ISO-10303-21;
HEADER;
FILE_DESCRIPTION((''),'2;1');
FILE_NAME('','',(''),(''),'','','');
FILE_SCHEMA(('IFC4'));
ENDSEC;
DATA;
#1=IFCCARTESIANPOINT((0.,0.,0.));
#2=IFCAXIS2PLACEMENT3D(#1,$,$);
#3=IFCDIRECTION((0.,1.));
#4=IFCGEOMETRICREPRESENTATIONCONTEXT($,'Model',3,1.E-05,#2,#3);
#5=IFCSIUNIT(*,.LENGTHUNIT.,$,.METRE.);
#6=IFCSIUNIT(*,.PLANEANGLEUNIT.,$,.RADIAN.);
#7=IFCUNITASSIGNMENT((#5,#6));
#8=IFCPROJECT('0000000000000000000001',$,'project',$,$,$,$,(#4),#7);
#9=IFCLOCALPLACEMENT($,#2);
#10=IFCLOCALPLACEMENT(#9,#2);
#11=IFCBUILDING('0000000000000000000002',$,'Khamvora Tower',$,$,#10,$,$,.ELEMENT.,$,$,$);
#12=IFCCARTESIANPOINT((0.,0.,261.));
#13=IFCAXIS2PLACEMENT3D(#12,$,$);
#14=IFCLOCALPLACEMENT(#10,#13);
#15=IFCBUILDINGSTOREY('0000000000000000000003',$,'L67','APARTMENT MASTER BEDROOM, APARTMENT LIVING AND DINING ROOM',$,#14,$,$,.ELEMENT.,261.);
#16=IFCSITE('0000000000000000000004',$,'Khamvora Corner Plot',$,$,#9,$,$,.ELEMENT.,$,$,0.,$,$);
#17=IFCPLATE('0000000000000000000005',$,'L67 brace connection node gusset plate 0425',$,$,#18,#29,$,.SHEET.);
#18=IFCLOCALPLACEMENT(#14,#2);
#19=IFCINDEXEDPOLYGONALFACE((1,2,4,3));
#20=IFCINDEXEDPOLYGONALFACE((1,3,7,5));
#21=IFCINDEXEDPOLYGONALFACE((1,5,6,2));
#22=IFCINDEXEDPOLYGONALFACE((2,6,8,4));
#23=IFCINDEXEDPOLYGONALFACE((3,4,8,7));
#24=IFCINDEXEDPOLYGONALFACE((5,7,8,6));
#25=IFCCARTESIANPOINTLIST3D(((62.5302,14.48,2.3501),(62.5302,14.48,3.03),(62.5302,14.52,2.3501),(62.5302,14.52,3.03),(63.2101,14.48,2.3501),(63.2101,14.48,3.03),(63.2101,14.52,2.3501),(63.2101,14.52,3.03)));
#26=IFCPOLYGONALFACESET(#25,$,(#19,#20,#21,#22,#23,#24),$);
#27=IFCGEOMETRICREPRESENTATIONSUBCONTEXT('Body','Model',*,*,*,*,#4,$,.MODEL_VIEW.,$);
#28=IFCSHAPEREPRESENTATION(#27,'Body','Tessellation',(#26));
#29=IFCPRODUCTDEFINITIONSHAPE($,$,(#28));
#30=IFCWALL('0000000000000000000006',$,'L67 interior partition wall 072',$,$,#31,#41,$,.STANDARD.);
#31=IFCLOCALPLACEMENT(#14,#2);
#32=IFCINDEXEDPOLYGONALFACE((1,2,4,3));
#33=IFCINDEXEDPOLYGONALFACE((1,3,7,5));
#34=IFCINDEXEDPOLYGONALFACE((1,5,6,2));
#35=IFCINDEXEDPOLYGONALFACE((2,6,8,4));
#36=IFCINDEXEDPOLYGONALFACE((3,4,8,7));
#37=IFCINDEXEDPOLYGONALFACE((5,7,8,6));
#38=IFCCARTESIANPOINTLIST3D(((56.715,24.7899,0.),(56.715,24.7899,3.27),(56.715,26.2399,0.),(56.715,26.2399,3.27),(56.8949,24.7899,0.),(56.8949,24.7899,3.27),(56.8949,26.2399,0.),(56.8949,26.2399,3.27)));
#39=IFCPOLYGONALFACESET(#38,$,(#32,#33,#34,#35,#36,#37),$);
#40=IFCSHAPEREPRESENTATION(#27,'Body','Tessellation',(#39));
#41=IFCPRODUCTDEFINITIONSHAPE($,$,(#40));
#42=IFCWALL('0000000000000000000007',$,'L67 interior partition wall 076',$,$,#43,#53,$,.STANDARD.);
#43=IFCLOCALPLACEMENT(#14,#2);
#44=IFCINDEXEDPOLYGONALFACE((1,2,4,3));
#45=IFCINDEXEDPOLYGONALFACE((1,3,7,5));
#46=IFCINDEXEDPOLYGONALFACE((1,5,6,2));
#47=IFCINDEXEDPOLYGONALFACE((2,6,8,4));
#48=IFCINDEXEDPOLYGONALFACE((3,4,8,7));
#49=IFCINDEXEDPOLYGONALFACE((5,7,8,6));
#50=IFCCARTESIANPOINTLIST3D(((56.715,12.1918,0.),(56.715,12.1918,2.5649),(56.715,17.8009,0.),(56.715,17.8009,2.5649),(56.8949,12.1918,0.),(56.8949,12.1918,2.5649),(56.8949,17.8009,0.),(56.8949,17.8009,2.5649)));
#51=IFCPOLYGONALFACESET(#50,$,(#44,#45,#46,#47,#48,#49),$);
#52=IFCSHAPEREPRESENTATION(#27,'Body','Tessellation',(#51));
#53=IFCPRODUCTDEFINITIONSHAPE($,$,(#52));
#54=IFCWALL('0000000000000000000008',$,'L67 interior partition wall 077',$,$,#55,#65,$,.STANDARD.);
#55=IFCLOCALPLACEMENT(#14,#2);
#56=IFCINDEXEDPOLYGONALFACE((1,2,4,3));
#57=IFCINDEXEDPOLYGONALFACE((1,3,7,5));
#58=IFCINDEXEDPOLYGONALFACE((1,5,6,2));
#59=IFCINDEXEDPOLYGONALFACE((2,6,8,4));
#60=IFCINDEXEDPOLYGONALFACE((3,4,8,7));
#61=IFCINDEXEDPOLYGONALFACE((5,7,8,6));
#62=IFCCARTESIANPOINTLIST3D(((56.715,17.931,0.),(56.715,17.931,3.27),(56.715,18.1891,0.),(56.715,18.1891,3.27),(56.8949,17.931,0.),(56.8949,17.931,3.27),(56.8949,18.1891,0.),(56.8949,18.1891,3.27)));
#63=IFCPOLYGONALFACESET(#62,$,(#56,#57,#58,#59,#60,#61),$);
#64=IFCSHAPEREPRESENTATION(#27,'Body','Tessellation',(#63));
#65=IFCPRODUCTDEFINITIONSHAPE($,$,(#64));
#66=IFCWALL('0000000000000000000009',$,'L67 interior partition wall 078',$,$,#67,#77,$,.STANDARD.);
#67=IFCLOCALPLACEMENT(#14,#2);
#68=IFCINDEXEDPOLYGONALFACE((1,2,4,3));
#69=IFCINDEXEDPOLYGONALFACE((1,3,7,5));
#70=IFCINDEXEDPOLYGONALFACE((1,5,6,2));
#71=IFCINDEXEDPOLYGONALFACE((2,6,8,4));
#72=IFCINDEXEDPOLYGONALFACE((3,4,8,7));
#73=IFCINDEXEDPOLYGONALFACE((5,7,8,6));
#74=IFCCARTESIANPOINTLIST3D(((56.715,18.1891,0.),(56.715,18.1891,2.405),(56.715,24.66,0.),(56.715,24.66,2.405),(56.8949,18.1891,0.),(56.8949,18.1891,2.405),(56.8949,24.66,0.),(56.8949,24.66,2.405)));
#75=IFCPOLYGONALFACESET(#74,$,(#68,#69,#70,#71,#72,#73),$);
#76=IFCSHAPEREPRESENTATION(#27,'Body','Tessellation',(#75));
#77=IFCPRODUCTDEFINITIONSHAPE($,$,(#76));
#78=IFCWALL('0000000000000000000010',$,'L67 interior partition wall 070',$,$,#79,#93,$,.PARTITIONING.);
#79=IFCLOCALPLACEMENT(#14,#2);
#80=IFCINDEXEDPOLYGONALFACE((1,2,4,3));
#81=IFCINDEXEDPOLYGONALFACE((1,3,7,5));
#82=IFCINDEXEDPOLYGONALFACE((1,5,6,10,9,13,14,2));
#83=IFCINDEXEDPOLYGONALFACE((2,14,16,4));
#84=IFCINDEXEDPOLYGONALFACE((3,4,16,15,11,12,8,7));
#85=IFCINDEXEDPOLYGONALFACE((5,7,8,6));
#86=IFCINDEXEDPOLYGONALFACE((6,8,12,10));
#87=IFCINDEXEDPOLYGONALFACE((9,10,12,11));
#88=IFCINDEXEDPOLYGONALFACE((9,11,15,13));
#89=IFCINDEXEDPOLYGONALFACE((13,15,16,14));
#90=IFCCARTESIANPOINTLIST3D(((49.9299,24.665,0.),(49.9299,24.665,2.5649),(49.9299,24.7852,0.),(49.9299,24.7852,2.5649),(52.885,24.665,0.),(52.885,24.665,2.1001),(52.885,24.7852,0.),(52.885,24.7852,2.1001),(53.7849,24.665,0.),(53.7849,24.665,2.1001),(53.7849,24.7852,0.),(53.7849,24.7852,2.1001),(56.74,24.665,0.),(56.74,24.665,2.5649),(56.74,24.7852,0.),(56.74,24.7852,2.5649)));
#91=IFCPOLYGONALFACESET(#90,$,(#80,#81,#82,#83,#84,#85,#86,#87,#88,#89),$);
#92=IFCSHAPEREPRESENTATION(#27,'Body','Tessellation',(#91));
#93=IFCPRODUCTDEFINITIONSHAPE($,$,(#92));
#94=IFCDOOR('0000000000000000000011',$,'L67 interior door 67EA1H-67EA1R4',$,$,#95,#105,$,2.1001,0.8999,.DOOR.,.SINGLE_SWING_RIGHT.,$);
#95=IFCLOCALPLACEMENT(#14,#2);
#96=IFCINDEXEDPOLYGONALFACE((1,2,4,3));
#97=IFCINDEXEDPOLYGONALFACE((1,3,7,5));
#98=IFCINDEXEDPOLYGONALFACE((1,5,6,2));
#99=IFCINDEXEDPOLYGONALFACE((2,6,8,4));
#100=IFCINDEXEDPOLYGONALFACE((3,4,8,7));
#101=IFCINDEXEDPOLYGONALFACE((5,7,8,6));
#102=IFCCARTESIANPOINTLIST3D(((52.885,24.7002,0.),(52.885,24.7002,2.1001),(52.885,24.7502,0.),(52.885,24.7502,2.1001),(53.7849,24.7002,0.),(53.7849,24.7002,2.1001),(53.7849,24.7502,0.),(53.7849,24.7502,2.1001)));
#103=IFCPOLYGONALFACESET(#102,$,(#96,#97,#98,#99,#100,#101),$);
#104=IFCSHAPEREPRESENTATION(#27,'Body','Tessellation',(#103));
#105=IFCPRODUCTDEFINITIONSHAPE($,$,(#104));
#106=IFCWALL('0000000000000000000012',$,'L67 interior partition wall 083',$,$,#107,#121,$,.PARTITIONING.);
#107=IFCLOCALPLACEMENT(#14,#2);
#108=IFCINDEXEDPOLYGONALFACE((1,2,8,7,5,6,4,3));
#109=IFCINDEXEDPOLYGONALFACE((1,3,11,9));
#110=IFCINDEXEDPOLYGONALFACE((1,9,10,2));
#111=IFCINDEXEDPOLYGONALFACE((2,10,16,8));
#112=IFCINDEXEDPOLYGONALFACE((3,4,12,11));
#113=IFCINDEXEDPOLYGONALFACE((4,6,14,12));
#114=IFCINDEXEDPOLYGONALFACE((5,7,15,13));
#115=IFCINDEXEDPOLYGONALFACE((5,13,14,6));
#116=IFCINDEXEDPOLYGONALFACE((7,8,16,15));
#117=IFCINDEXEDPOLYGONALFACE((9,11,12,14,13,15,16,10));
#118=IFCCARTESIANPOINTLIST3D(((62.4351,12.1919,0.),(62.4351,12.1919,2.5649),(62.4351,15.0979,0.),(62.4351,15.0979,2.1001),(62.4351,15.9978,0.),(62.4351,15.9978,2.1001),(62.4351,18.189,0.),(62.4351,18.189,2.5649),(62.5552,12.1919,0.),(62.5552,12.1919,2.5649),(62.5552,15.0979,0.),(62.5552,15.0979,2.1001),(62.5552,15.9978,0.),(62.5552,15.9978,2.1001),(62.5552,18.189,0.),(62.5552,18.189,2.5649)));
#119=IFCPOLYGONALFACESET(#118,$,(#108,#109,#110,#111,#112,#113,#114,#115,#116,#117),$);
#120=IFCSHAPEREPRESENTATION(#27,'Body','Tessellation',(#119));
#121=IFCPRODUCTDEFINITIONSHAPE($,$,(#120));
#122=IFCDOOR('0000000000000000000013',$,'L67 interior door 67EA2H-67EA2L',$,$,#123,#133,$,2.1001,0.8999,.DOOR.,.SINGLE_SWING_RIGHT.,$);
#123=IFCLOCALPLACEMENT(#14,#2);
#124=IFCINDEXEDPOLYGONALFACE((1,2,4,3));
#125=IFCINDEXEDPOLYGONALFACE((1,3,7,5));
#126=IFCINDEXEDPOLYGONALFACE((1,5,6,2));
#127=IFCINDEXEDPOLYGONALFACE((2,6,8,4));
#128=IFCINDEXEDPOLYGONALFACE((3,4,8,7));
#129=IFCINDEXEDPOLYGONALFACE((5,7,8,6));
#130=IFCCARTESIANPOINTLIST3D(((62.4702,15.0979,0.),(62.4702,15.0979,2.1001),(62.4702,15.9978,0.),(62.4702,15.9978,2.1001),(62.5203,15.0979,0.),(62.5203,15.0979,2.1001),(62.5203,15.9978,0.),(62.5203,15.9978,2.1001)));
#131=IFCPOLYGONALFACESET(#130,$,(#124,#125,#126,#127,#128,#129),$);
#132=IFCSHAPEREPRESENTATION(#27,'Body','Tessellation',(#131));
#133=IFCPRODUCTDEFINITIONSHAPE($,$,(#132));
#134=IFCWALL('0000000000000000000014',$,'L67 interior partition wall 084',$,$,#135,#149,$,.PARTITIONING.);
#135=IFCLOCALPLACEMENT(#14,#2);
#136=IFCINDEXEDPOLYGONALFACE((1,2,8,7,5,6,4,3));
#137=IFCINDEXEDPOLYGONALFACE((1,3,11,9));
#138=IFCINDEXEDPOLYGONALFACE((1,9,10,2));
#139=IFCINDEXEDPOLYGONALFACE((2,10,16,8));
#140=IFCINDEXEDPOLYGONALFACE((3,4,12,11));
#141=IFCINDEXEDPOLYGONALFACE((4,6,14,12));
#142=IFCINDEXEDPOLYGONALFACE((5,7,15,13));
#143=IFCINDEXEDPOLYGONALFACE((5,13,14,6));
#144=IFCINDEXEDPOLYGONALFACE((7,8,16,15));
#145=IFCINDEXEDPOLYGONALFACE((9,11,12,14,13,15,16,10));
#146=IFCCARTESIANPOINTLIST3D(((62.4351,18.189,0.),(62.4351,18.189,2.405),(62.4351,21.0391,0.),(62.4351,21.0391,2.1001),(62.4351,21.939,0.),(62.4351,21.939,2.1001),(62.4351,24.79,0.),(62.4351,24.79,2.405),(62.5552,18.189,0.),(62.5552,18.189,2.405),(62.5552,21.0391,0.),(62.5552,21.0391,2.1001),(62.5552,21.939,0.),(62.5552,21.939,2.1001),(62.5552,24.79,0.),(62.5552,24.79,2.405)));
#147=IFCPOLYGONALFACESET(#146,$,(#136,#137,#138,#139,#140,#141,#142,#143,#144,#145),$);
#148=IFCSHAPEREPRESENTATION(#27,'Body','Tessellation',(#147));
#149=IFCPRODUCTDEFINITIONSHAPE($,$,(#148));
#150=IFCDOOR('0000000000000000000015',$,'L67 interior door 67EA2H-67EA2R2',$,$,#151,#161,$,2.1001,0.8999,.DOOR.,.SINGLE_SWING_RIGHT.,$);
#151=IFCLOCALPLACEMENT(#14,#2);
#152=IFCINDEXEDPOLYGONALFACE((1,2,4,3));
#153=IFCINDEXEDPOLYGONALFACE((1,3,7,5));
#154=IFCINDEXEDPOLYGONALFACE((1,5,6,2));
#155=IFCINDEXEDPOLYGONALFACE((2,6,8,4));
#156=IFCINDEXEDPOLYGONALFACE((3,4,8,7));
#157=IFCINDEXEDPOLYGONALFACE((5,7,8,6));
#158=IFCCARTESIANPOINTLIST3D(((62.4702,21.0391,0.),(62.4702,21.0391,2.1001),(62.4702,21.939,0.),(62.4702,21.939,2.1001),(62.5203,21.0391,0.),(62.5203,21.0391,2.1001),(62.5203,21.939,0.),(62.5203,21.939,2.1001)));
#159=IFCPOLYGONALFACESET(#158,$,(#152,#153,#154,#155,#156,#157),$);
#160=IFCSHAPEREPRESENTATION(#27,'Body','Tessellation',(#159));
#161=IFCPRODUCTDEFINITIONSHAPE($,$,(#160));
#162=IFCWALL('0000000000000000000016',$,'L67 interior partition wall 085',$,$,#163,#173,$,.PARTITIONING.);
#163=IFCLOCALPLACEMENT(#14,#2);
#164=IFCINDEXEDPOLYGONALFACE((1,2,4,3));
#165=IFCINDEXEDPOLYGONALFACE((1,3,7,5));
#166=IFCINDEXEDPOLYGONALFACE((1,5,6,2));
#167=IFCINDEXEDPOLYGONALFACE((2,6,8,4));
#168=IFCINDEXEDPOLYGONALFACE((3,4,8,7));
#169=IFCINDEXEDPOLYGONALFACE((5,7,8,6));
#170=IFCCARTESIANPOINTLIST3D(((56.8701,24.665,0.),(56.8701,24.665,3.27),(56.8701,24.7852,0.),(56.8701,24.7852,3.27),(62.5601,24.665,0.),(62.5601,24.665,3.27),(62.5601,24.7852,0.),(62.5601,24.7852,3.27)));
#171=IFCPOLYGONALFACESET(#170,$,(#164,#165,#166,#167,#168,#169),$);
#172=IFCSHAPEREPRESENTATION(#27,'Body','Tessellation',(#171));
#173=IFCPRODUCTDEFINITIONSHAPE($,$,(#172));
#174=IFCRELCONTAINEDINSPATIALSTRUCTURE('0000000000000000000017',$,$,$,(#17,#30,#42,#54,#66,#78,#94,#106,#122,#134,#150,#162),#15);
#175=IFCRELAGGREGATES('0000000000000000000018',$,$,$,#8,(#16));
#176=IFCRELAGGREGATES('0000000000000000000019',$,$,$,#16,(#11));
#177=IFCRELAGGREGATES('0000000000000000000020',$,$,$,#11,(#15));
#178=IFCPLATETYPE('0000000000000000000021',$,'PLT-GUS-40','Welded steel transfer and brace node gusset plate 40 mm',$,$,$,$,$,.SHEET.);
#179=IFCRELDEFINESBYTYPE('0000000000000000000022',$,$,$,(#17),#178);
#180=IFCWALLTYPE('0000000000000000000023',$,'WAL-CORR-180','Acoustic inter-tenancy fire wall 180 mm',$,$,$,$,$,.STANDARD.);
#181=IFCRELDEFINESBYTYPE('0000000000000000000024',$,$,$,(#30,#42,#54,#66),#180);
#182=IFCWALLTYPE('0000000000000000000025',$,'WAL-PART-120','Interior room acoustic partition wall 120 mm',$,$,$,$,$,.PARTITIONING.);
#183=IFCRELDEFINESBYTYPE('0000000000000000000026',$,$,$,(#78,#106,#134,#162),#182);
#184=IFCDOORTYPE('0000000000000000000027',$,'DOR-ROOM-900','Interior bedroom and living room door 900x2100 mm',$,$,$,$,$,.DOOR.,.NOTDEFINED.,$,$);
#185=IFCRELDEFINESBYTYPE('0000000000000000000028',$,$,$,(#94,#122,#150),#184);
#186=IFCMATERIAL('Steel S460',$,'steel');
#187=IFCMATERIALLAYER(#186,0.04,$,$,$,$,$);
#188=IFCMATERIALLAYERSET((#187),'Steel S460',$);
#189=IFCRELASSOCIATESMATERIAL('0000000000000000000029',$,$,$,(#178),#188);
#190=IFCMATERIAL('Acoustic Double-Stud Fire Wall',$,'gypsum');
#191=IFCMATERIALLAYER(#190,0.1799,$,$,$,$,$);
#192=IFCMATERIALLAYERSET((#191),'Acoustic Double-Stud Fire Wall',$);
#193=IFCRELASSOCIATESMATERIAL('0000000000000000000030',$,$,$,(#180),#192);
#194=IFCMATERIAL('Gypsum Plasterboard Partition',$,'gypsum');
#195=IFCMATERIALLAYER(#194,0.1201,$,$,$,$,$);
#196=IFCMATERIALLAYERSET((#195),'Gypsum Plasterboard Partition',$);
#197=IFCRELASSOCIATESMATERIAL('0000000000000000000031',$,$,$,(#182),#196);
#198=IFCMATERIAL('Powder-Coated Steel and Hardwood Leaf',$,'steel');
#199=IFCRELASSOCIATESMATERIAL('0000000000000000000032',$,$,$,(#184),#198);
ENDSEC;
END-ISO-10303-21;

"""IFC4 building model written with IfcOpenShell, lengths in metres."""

from ifc_helpers import new_model, si_unit, direction, frame, frame_2d, origin, origin_2d, place, context, subcontext, project, spatial, rectangle, extrude, material, layer, layer_set, type_object, element, fill, save


model = new_model("IFC4")

# Units and contexts
model_context = context("Model", 3, precision=1e-05, world=origin(), true_north=direction((0.0, 1.0)))
body_context = subcontext(model_context, "Body", "Model", "MODEL_VIEW")
ifc_project = project(units=[si_unit("LENGTHUNIT", "METRE"), si_unit("PLANEANGLEUNIT", "RADIAN")], contexts=[model_context])

# Site, building, storey
site_placement = place(None, origin())
site = spatial("IfcSite", under=ifc_project, at=site_placement, Name="Khamvora Corner Plot", CompositionType="ELEMENT", RefElevation=0.0)
building_placement = place(site_placement, origin())
building = spatial("IfcBuilding", under=site, at=building_placement, Name="Khamvora Tower", CompositionType="ELEMENT")
storey_placement = place(building_placement, frame((0.0, 0.0, 261.0)))
storey = spatial("IfcBuildingStorey", under=building, at=storey_placement, Name="L67", Description="APARTMENT MASTER BEDROOM, APARTMENT LIVING AND DINING ROOM", CompositionType="ELEMENT", Elevation=261.0)

# Plate
ifc_material_1 = material(Name="Steel S460", Category="steel")
ifc_layer_1 = layer(ifc_material_1, 0.04)
ifc_layer_set_1 = layer_set([ifc_layer_1], Name="Steel S460")
plate_type_1 = type_object("IfcPlateType", Name="PLT-GUS-40", Description="Welded steel transfer and brace node gusset plate 40 mm", PredefinedType="SHEET", material=ifc_layer_set_1)
plate_1_placement = place(storey_placement, frame((62.8701, 14.5, 2.3501), z_axis=(0.0, 0.0, 1.0), x_axis=(1.0, 0.0, 0.0)))
element("IfcPlate", 1, at=plate_1_placement, inside=storey, type_object=plate_type_1, Name="L67 brace connection node gusset plate 0425", PredefinedType="SHEET", context=body_context, shape_type="SweptSolid", body=[
    extrude(rectangle(XDim=0.6799, YDim=0.04, at=origin_2d()), origin(), (0.0, 0.0, 1.0), 0.6799),
])

# Walls
ifc_material_2 = material(Name="Acoustic Double-Stud Fire Wall", Category="gypsum")
ifc_layer_2 = layer(ifc_material_2, 0.1799)
ifc_layer_set_2 = layer_set([ifc_layer_2], Name="Acoustic Double-Stud Fire Wall")
wall_type_1 = type_object("IfcWallType", Name="WAL-CORR-180", Description="Acoustic inter-tenancy fire wall 180 mm", PredefinedType="STANDARD", material=ifc_layer_set_2)
wall_1_placement = place(storey_placement, frame((56.8049, 26.24, 0.0), z_axis=(0.0, 0.0, 1.0), x_axis=(0.0, -1.0, 0.0)))
element("IfcWall", 2, at=wall_1_placement, inside=storey, type_object=wall_type_1, Name="L67 interior partition wall 072", PredefinedType="STANDARD", context=body_context, shape_type="SweptSolid", body=[
    extrude(rectangle(XDim=1.45, YDim=0.1799, at=frame_2d((0.7251, 0.0))), origin(), (0.0, 0.0, 1.0), 3.27),
])
wall_2_placement = place(storey_placement, frame((56.8049, 17.801, 0.0), z_axis=(0.0, 0.0, 1.0), x_axis=(0.0, -1.0, 0.0)))
element("IfcWall", 3, at=wall_2_placement, inside=storey, type_object=wall_type_1, Name="L67 interior partition wall 076", PredefinedType="STANDARD", context=body_context, shape_type="SweptSolid", body=[
    extrude(rectangle(XDim=5.6091, YDim=0.1799, at=frame_2d((2.8047, 0.0))), origin(), (0.0, 0.0, 1.0), 2.5649),
])
wall_3_placement = place(storey_placement, frame((56.8049, 18.189, 0.0), z_axis=(0.0, 0.0, 1.0), x_axis=(0.0, -1.0, 0.0)))
element("IfcWall", 4, at=wall_3_placement, inside=storey, type_object=wall_type_1, Name="L67 interior partition wall 077", PredefinedType="STANDARD", context=body_context, shape_type="SweptSolid", body=[
    extrude(rectangle(XDim=0.2581, YDim=0.1799, at=frame_2d((0.1289, 0.0))), origin(), (0.0, 0.0, 1.0), 3.27),
])
wall_4_placement = place(storey_placement, frame((56.8049, 24.6599, 0.0), z_axis=(0.0, 0.0, 1.0), x_axis=(0.0, -1.0, 0.0)))
element("IfcWall", 5, at=wall_4_placement, inside=storey, type_object=wall_type_1, Name="L67 interior partition wall 078", PredefinedType="STANDARD", context=body_context, shape_type="SweptSolid", body=[
    extrude(rectangle(XDim=6.4709, YDim=0.1799, at=frame_2d((3.2354, 0.0))), origin(), (0.0, 0.0, 1.0), 2.405),
])

# Walls, openings, doors
ifc_material_3 = material(Name="Gypsum Plasterboard Partition", Category="gypsum")
ifc_layer_3 = layer(ifc_material_3, 0.1201)
ifc_layer_set_3 = layer_set([ifc_layer_3], Name="Gypsum Plasterboard Partition")
wall_type_2 = type_object("IfcWallType", Name="WAL-PART-120", Description="Interior room acoustic partition wall 120 mm", PredefinedType="PARTITIONING", material=ifc_layer_set_3)
wall_5_placement = place(storey_placement, frame((56.74, 24.7251, 0.0), z_axis=(0.0, 0.0, 1.0), x_axis=(-1.0, 0.0, 0.0)))
wall_5 = element("IfcWall", 6, at=wall_5_placement, inside=storey, type_object=wall_type_2, Name="L67 interior partition wall 070", PredefinedType="PARTITIONING", context=body_context, shape_type="SweptSolid", body=[
    extrude(rectangle(XDim=6.8101, YDim=0.1201, at=frame_2d((3.405, 0.0))), origin(), (0.0, 0.0, 1.0), 2.5649),
])
opening_1_placement = place(wall_5_placement, frame((2.9551, 0.0, 0.0)))
opening_1 = element("IfcOpeningElement", 7, at=opening_1_placement, cuts=wall_5, PredefinedType="OPENING", context=body_context, shape_type="SweptSolid", body=[
    extrude(rectangle(XDim=0.8999, YDim=2.1001, at=frame_2d((0.45, 1.05))), frame((0.0, 0.0701, 0.0), z_axis=(0.0, -1.0, 0.0), x_axis=(1.0, 0.0, 0.0)), (0.0, 0.0, 1.0), 0.1401),
])
ifc_material_4 = material(Name="Powder-Coated Steel and Hardwood Leaf", Category="steel")
door_type_1 = type_object("IfcDoorType", Name="DOR-ROOM-900", Description="Interior bedroom and living room door 900x2100 mm", OperationType="NOTDEFINED", PredefinedType="DOOR", material=ifc_material_4)
door_1_placement = place(opening_1_placement, origin())
door_1 = element("IfcDoor", 8, at=door_1_placement, inside=storey, type_object=door_type_1, Name="L67 interior door 67EA1H-67EA1R4", OperationType="SINGLE_SWING_RIGHT", OverallHeight=2.1001, OverallWidth=0.8999, PredefinedType="DOOR", context=body_context, shape_type="SweptSolid", body=[
    extrude(rectangle(XDim=0.8999, YDim=2.1001, at=frame_2d((0.45, 1.05))), frame((0.0, 0.0249, 0.0), z_axis=(0.0, -1.0, 0.0), x_axis=(1.0, 0.0, 0.0)), (0.0, 0.0, 1.0), 0.05),
])
fill(opening_1, door_1)
wall_6_placement = place(storey_placement, frame((62.4951, 12.1919, 0.0), z_axis=(0.0, 0.0, 1.0), x_axis=(0.0, 1.0, 0.0)))
wall_6 = element("IfcWall", 9, at=wall_6_placement, inside=storey, type_object=wall_type_2, Name="L67 interior partition wall 083", PredefinedType="PARTITIONING", context=body_context, shape_type="SweptSolid", body=[
    extrude(rectangle(XDim=5.9971, YDim=0.1201, at=frame_2d((2.9985, 0.0))), origin(), (0.0, 0.0, 1.0), 2.5649),
])
opening_2_placement = place(wall_6_placement, frame((2.906, 0.0, 0.0)))
opening_2 = element("IfcOpeningElement", 10, at=opening_2_placement, cuts=wall_6, PredefinedType="OPENING", context=body_context, shape_type="SweptSolid", body=[
    extrude(rectangle(XDim=0.8999, YDim=2.1001, at=frame_2d((0.45, 1.05))), frame((0.0, 0.0701, 0.0), z_axis=(0.0, -1.0, 0.0), x_axis=(1.0, 0.0, 0.0)), (0.0, 0.0, 1.0), 0.1401),
])
door_2_placement = place(opening_2_placement, origin())
door_2 = element("IfcDoor", 11, at=door_2_placement, inside=storey, type_object=door_type_1, Name="L67 interior door 67EA2H-67EA2L", OperationType="SINGLE_SWING_RIGHT", OverallHeight=2.1001, OverallWidth=0.8999, PredefinedType="DOOR", context=body_context, shape_type="SweptSolid", body=[
    extrude(rectangle(XDim=0.8999, YDim=2.1001, at=frame_2d((0.45, 1.05))), frame((0.0, 0.0249, 0.0), z_axis=(0.0, -1.0, 0.0), x_axis=(1.0, 0.0, 0.0)), (0.0, 0.0, 1.0), 0.05),
])
fill(opening_2, door_2)
wall_7_placement = place(storey_placement, frame((62.4951, 18.189, 0.0), z_axis=(0.0, 0.0, 1.0), x_axis=(0.0, 1.0, 0.0)))
wall_7 = element("IfcWall", 12, at=wall_7_placement, inside=storey, type_object=wall_type_2, Name="L67 interior partition wall 084", PredefinedType="PARTITIONING", context=body_context, shape_type="SweptSolid", body=[
    extrude(rectangle(XDim=6.6011, YDim=0.1201, at=frame_2d((3.3005, 0.0))), origin(), (0.0, 0.0, 1.0), 2.405),
])
opening_3_placement = place(wall_7_placement, frame((2.8501, 0.0, 0.0)))
opening_3 = element("IfcOpeningElement", 13, at=opening_3_placement, cuts=wall_7, PredefinedType="OPENING", context=body_context, shape_type="SweptSolid", body=[
    extrude(rectangle(XDim=0.8999, YDim=2.1001, at=frame_2d((0.45, 1.05))), frame((0.0, 0.0701, 0.0), z_axis=(0.0, -1.0, 0.0), x_axis=(1.0, 0.0, 0.0)), (0.0, 0.0, 1.0), 0.1401),
])
door_3_placement = place(opening_3_placement, origin())
door_3 = element("IfcDoor", 14, at=door_3_placement, inside=storey, type_object=door_type_1, Name="L67 interior door 67EA2H-67EA2R2", OperationType="SINGLE_SWING_RIGHT", OverallHeight=2.1001, OverallWidth=0.8999, PredefinedType="DOOR", context=body_context, shape_type="SweptSolid", body=[
    extrude(rectangle(XDim=0.8999, YDim=2.1001, at=frame_2d((0.45, 1.05))), frame((0.0, 0.0249, 0.0), z_axis=(0.0, -1.0, 0.0), x_axis=(1.0, 0.0, 0.0)), (0.0, 0.0, 1.0), 0.05),
])
fill(opening_3, door_3)

# Wall
wall_8_placement = place(storey_placement, frame((62.5601, 24.7251, 0.0), z_axis=(0.0, 0.0, 1.0), x_axis=(-1.0, 0.0, 0.0)))
element("IfcWall", 15, at=wall_8_placement, inside=storey, type_object=wall_type_2, Name="L67 interior partition wall 085", PredefinedType="PARTITIONING", context=body_context, shape_type="SweptSolid", body=[
    extrude(rectangle(XDim=5.6899, YDim=0.1201, at=frame_2d((2.845, 0.0))), origin(), (0.0, 0.0, 1.0), 3.27),
])

save(model, "model.ifc")
